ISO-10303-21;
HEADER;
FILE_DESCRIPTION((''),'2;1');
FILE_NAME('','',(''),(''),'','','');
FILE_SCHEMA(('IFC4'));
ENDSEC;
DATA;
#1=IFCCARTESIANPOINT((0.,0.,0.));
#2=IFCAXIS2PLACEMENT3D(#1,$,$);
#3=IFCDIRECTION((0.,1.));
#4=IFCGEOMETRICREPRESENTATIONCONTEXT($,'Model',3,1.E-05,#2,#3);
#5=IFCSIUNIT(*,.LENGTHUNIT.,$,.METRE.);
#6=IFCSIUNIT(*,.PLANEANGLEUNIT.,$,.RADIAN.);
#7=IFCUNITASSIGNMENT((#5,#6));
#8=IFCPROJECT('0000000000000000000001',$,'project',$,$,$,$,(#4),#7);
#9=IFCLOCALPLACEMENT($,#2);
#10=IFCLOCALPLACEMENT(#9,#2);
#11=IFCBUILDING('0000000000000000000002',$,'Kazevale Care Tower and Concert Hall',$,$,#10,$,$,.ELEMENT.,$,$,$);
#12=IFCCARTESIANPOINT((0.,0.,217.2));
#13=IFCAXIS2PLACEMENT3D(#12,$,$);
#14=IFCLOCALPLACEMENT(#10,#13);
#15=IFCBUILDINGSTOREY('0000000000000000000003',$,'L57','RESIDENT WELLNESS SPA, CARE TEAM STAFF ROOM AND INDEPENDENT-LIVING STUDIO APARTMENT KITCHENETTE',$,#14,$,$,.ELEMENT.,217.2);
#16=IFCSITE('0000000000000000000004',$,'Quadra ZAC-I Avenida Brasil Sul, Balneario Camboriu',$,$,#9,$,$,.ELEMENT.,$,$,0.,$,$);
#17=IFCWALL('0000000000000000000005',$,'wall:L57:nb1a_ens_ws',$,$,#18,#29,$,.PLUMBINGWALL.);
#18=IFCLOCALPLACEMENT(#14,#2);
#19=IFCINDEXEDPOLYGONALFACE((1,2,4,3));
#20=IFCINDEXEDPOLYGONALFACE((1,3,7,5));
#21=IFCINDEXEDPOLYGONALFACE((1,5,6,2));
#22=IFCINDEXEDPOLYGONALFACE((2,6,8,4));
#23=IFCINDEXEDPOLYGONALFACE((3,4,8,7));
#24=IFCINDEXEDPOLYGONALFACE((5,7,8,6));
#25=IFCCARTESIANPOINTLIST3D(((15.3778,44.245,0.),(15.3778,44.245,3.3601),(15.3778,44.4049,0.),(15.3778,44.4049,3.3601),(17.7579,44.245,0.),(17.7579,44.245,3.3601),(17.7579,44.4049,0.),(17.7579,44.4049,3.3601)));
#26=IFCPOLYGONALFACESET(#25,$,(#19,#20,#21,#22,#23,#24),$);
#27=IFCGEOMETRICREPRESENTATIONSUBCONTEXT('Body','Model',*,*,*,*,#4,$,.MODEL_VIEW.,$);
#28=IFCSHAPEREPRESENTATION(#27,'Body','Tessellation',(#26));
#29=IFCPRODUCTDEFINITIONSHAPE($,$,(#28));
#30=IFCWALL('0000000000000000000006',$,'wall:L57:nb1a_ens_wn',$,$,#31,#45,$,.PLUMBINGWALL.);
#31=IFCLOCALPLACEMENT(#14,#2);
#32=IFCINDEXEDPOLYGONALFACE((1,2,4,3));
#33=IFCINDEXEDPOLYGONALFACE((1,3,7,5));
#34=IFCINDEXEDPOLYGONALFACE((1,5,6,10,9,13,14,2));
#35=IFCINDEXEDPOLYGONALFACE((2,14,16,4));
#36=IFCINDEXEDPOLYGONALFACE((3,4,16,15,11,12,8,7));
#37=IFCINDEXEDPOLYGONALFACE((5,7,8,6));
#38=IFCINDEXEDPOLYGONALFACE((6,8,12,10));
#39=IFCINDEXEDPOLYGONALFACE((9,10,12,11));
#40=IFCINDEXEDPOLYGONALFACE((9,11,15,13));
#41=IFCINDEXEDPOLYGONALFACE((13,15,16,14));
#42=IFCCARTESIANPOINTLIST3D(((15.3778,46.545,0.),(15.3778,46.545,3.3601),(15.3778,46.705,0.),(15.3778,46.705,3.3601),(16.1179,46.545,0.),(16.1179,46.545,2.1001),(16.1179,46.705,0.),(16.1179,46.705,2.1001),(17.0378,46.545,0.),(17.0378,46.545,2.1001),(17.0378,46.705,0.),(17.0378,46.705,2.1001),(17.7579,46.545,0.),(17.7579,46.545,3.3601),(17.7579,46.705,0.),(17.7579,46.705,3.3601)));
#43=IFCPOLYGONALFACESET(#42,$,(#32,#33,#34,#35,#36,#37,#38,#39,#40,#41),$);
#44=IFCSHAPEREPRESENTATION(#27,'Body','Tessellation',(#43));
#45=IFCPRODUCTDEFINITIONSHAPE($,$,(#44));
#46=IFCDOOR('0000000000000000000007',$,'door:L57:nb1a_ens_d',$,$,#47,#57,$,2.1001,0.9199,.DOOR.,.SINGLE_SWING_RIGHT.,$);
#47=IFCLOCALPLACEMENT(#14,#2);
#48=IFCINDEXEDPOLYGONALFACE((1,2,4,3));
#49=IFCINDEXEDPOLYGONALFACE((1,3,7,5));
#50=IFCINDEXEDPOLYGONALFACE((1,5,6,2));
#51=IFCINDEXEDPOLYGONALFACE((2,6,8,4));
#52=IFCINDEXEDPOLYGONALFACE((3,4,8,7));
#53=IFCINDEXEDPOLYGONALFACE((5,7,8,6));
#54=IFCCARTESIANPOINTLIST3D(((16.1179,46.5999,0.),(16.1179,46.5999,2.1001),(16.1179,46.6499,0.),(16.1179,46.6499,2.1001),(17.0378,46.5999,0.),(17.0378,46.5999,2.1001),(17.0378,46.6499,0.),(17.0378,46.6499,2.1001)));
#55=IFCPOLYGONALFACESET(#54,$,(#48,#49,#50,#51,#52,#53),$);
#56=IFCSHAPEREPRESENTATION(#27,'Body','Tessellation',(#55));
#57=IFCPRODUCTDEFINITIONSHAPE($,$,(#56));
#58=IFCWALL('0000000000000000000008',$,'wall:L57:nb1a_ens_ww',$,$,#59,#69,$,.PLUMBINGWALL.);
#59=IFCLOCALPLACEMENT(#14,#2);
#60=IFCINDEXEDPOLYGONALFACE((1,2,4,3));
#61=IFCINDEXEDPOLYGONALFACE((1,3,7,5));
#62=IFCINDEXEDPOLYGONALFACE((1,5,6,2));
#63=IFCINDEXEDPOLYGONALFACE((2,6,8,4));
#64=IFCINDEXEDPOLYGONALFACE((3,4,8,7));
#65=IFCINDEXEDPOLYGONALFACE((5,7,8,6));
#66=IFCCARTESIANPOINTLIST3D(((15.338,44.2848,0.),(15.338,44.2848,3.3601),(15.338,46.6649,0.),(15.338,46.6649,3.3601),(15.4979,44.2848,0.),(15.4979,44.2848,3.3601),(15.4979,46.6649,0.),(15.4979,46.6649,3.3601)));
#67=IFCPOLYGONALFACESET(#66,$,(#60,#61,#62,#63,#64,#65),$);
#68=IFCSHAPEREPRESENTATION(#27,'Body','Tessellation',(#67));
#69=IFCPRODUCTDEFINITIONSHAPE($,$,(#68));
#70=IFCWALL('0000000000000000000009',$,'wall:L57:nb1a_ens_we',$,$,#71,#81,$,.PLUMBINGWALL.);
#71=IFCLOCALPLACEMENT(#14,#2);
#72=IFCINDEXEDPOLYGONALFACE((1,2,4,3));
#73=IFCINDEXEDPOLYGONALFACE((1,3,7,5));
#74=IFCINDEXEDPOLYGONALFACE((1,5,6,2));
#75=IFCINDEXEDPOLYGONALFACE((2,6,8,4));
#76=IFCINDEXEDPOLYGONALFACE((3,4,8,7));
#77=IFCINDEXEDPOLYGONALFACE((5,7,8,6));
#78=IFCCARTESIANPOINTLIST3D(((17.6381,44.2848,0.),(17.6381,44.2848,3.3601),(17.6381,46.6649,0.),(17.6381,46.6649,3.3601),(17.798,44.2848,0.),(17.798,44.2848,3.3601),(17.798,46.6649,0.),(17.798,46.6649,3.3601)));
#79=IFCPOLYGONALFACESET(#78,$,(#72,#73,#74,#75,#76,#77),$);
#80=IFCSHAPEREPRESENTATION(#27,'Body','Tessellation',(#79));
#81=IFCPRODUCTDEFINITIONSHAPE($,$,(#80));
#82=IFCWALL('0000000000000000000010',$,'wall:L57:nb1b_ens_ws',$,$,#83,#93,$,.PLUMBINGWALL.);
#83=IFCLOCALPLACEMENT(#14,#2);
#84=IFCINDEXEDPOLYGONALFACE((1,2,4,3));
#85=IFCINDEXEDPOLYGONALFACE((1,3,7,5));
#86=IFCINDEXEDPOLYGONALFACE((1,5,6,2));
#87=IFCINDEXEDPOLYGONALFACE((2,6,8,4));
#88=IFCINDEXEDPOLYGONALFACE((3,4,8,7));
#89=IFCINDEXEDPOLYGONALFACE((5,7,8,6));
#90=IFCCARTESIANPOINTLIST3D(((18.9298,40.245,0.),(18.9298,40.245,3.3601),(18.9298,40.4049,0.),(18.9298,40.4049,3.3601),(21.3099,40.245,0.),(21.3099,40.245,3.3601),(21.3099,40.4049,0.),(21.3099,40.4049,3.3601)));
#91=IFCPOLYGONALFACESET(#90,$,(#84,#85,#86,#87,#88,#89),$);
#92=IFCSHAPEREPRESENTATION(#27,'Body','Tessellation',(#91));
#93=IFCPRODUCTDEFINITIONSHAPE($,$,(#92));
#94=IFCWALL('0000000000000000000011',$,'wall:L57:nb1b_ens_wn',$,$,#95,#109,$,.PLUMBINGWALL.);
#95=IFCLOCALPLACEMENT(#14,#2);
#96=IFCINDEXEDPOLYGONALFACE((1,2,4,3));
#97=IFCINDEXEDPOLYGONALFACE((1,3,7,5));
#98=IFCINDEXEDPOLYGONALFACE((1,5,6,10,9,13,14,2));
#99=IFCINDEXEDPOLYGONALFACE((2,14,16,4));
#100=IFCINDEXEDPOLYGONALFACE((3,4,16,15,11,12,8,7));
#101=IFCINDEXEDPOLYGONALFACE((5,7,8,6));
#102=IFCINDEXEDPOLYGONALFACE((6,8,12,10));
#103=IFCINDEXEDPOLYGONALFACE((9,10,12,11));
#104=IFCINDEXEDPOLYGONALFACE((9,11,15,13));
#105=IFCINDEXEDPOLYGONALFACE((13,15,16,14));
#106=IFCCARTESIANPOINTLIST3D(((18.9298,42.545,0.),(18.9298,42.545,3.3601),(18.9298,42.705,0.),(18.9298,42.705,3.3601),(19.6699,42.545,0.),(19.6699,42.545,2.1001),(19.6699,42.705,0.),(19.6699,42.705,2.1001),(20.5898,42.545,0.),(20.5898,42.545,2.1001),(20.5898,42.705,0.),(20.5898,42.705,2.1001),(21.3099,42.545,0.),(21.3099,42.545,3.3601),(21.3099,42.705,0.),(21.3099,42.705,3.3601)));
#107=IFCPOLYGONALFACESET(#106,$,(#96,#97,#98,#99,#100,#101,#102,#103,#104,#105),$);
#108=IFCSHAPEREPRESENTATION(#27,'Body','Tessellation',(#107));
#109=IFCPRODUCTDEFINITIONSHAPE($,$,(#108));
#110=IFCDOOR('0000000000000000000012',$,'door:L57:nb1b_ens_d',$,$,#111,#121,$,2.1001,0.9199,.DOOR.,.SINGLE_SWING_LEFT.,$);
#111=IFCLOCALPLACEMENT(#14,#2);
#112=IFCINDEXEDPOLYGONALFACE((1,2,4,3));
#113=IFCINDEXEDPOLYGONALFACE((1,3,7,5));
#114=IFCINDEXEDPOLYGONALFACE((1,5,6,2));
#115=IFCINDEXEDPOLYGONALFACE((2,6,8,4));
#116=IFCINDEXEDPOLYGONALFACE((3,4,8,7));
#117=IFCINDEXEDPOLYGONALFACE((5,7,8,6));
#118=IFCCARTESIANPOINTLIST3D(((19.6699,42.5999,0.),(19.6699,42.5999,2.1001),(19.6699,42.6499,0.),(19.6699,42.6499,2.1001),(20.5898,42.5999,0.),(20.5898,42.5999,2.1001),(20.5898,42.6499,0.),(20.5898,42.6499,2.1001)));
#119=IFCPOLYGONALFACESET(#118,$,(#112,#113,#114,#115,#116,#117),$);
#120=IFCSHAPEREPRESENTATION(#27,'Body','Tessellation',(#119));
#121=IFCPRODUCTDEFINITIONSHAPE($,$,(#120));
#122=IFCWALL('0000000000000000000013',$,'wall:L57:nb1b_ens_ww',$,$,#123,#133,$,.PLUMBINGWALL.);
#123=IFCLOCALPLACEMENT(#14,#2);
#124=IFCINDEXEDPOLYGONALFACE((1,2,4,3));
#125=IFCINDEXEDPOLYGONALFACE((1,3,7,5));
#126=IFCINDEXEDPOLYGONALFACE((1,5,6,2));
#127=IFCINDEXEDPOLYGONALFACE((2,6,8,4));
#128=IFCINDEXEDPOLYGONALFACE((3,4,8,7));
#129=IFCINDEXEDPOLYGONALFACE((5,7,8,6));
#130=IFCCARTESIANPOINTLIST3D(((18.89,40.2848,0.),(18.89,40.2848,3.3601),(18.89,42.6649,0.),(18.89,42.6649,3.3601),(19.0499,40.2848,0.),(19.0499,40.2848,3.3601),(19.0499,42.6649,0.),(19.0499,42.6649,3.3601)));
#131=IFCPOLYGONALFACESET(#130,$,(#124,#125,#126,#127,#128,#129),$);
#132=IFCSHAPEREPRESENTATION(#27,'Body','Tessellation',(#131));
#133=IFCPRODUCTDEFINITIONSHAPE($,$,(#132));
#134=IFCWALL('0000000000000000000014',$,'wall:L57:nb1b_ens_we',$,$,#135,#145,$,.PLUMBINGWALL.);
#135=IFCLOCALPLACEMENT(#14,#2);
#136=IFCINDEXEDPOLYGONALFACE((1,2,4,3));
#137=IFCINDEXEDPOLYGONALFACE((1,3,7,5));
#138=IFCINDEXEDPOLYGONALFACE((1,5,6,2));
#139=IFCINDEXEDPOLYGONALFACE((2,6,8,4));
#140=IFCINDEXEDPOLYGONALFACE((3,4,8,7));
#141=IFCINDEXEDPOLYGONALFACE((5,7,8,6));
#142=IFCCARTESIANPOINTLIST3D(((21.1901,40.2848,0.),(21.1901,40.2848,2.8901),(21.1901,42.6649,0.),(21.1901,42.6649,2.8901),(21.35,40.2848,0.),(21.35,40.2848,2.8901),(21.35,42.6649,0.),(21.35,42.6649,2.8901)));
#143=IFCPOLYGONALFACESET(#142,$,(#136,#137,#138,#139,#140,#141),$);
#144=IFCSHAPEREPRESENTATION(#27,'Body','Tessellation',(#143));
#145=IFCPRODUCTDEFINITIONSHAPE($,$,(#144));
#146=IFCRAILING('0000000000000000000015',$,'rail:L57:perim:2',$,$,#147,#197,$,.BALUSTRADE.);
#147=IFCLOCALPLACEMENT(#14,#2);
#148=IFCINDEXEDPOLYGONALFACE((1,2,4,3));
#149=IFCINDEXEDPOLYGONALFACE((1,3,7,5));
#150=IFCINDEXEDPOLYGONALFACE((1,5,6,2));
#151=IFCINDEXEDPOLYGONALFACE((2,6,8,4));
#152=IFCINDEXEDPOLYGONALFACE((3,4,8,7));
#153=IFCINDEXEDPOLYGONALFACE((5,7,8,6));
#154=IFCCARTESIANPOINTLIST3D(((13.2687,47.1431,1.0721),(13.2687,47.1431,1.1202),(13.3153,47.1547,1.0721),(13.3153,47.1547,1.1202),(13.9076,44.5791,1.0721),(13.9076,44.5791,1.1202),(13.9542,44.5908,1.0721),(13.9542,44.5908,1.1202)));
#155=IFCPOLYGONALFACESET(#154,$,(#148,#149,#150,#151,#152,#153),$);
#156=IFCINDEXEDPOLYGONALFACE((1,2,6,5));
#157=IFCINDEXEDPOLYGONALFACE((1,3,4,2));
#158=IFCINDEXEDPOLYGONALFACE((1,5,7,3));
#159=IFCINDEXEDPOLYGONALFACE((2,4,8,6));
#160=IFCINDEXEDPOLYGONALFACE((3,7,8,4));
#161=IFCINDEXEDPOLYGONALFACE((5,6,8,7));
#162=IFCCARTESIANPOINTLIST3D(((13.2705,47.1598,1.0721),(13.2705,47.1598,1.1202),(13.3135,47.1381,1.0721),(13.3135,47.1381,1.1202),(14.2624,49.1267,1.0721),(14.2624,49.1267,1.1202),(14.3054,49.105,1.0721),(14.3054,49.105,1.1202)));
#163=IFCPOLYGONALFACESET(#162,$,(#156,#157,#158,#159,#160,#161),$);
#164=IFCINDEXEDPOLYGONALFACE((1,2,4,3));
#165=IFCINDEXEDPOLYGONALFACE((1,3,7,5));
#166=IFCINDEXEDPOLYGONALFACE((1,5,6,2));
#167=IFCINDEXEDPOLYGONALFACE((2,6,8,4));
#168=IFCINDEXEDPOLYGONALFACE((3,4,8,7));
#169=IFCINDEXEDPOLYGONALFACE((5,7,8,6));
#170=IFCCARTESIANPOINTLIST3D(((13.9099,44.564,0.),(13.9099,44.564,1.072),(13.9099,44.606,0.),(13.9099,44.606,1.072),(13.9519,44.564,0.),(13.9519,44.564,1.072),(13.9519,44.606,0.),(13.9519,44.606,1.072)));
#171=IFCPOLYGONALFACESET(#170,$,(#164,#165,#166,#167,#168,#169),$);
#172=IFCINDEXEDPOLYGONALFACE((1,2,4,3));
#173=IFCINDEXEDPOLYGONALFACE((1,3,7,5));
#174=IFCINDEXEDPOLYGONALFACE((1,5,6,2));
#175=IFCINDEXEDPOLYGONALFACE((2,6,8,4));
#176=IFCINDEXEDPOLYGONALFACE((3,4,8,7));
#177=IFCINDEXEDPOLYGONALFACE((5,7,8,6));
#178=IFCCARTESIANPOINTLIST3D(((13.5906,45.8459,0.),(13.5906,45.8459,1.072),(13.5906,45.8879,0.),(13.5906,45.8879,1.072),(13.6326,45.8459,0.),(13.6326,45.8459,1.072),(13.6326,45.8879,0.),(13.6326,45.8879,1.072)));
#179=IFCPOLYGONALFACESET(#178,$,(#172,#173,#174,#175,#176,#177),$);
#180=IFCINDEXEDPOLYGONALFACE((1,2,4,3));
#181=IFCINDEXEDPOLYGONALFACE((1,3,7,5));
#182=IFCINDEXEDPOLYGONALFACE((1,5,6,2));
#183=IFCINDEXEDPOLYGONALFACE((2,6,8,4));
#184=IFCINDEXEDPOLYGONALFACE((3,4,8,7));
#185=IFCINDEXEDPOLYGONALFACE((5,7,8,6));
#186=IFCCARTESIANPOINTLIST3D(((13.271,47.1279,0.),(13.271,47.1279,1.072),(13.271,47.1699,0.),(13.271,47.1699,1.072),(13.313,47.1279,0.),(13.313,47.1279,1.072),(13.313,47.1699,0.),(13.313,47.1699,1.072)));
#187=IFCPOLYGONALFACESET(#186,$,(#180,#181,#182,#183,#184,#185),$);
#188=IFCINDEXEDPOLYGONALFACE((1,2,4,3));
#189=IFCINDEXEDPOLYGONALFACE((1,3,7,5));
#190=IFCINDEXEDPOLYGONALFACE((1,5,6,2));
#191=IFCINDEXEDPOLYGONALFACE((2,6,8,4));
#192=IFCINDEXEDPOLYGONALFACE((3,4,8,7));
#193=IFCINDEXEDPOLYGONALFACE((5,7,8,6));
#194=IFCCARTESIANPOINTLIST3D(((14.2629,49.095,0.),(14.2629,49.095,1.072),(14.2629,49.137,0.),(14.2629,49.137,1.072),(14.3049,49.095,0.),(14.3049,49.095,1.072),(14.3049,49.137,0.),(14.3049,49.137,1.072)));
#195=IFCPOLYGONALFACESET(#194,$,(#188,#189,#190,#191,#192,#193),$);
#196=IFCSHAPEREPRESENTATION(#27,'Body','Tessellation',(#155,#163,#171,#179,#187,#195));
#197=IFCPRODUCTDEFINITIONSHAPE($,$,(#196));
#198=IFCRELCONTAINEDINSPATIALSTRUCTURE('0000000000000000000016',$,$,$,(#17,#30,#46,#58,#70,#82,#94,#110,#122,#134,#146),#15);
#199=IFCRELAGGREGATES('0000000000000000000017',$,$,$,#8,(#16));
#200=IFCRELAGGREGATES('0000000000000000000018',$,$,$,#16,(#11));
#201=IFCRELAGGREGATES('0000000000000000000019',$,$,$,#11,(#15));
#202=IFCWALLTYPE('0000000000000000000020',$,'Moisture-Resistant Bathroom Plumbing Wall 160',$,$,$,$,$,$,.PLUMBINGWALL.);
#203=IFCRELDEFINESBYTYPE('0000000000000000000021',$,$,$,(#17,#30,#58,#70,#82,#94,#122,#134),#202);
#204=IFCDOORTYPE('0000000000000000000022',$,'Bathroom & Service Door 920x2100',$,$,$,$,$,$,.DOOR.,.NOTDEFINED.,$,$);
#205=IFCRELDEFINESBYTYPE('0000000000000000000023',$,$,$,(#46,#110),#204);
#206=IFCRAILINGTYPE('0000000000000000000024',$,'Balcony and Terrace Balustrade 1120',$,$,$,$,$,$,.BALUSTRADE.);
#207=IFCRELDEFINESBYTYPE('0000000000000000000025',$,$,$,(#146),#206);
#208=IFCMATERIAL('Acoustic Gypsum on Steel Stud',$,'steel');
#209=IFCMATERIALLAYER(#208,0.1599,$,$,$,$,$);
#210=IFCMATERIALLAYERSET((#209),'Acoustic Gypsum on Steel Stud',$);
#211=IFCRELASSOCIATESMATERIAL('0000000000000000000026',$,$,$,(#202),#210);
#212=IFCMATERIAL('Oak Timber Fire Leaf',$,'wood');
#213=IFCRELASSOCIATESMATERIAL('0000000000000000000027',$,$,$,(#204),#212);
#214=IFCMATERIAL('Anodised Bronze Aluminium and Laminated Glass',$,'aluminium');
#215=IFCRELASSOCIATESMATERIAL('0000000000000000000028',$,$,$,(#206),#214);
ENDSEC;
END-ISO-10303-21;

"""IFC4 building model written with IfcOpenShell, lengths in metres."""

from ifc_helpers import new_model, si_unit, direction, frame, frame_2d, origin, origin_2d, place, context, subcontext, project, spatial, rectangle, extrude, material, layer, layer_set, type_object, element, fill, save


model = new_model("IFC4")

# Units and contexts
model_context = context("Model", 3, precision=1e-05, world=origin(), true_north=direction((0.0, 1.0)))
body_context = subcontext(model_context, "Body", "Model", "MODEL_VIEW")
ifc_project = project(units=[si_unit("LENGTHUNIT", "METRE"), si_unit("PLANEANGLEUNIT", "RADIAN")], contexts=[model_context])

# Site, building, storey
site_placement = place(None, origin())
site = spatial("IfcSite", under=ifc_project, at=site_placement, Name="Quadra ZAC-I Avenida Brasil Sul, Balneario Camboriu", CompositionType="ELEMENT", RefElevation=0.0)
building_placement = place(site_placement, origin())
building = spatial("IfcBuilding", under=site, at=building_placement, Name="Kazevale Care Tower and Concert Hall", CompositionType="ELEMENT")
storey_placement = place(building_placement, frame((0.0, 0.0, 217.2)))
storey = spatial("IfcBuildingStorey", under=building, at=storey_placement, Name="L57", Description="RESIDENT WELLNESS SPA, CARE TEAM STAFF ROOM AND INDEPENDENT-LIVING STUDIO APARTMENT KITCHENETTE", CompositionType="ELEMENT", Elevation=217.2)

# Wall
ifc_material_1 = material(Name="Acoustic Gypsum on Steel Stud", Category="steel")
ifc_layer_1 = layer(ifc_material_1, 0.1599)
ifc_layer_set_1 = layer_set([ifc_layer_1], Name="Acoustic Gypsum on Steel Stud")
wall_type = type_object("IfcWallType", Name="Moisture-Resistant Bathroom Plumbing Wall 160", PredefinedType="PLUMBINGWALL", material=ifc_layer_set_1)
wall_1_placement = place(storey_placement, frame((15.3779, 44.325, 0.0), z_axis=(0.0, 0.0, 1.0), x_axis=(1.0, 0.0, 0.0)))
element("IfcWall", 1, at=wall_1_placement, inside=storey, type_object=wall_type, Name="wall:L57:nb1a_ens_ws", PredefinedType="PLUMBINGWALL", context=body_context, shape_type="SweptSolid", body=[
    extrude(rectangle(XDim=2.3801, YDim=0.1599, at=frame_2d((1.1899, 0.0))), origin(), (0.0, 0.0, 1.0), 3.3601),
])

# Wall, opening, door
wall_2_placement = place(storey_placement, frame((15.3779, 46.625, 0.0), z_axis=(0.0, 0.0, 1.0), x_axis=(1.0, 0.0, 0.0)))
wall_2 = element("IfcWall", 2, at=wall_2_placement, inside=storey, type_object=wall_type, Name="wall:L57:nb1a_ens_wn", PredefinedType="PLUMBINGWALL", context=body_context, shape_type="SweptSolid", body=[
    extrude(rectangle(XDim=2.3801, YDim=0.1599, at=frame_2d((1.1899, 0.0))), origin(), (0.0, 0.0, 1.0), 3.3601),
])
opening_1_placement = place(wall_2_placement, frame((0.74, 0.0, 0.0)))
opening_1 = element("IfcOpeningElement", 3, at=opening_1_placement, cuts=wall_2, PredefinedType="OPENING", context=body_context, shape_type="SweptSolid", body=[
    extrude(rectangle(XDim=0.9199, YDim=2.1001, at=frame_2d((0.46, 1.05))), frame((0.0, 0.0898, 0.0), z_axis=(0.0, -1.0, 0.0), x_axis=(1.0, 0.0, 0.0)), (0.0, 0.0, 1.0), 0.1799),
])
ifc_material_2 = material(Name="Oak Timber Fire Leaf", Category="wood")
door_type = type_object("IfcDoorType", Name="Bathroom & Service Door 920x2100", OperationType="NOTDEFINED", PredefinedType="DOOR", material=ifc_material_2)
door_1_placement = place(opening_1_placement, origin())
door_1 = element("IfcDoor", 4, at=door_1_placement, inside=storey, type_object=door_type, Name="door:L57:nb1a_ens_d", OperationType="SINGLE_SWING_RIGHT", OverallHeight=2.1001, OverallWidth=0.9199, PredefinedType="DOOR", context=body_context, shape_type="SweptSolid", body=[
    extrude(rectangle(XDim=0.9199, YDim=2.1001, at=frame_2d((0.46, 1.05))), frame((0.0, 0.0249, 0.0), z_axis=(0.0, -1.0, 0.0), x_axis=(1.0, 0.0, 0.0)), (0.0, 0.0, 1.0), 0.05),
])
fill(opening_1, door_1)

# Walls
for number, where, z_axis, x_axis, name in (
    (5, (15.418, 44.2849, 0.0), (0.0, 0.0, 1.0), (0.0, 1.0, 0.0), "wall:L57:nb1a_ens_ww"),
    (6, (17.718, 44.2849, 0.0), (0.0, 0.0, 1.0), (0.0, 1.0, 0.0), "wall:L57:nb1a_ens_we"),
    (7, (18.9299, 40.325, 0.0), (0.0, 0.0, 1.0), (1.0, 0.0, 0.0), "wall:L57:nb1b_ens_ws"),
):
    element("IfcWall", number, at=place(storey_placement, frame(where, z_axis=z_axis, x_axis=x_axis)), inside=storey, type_object=wall_type, Name=name, PredefinedType="PLUMBINGWALL", context=body_context, shape_type="SweptSolid", body=[
        extrude(rectangle(XDim=2.3801, YDim=0.1599, at=frame_2d((1.1899, 0.0))), origin(), (0.0, 0.0, 1.0), 3.3601),
    ])

# Wall, opening, door
wall_3_placement = place(storey_placement, frame((18.9299, 42.625, 0.0), z_axis=(0.0, 0.0, 1.0), x_axis=(1.0, 0.0, 0.0)))
wall_3 = element("IfcWall", 8, at=wall_3_placement, inside=storey, type_object=wall_type, Name="wall:L57:nb1b_ens_wn", PredefinedType="PLUMBINGWALL", context=body_context, shape_type="SweptSolid", body=[
    extrude(rectangle(XDim=2.3801, YDim=0.1599, at=frame_2d((1.1899, 0.0))), origin(), (0.0, 0.0, 1.0), 3.3601),
])
opening_2_placement = place(wall_3_placement, frame((0.74, 0.0, 0.0)))
opening_2 = element("IfcOpeningElement", 9, at=opening_2_placement, cuts=wall_3, PredefinedType="OPENING", context=body_context, shape_type="SweptSolid", body=[
    extrude(rectangle(XDim=0.9199, YDim=2.1001, at=frame_2d((0.46, 1.05))), frame((0.0, 0.0898, 0.0), z_axis=(0.0, -1.0, 0.0), x_axis=(1.0, 0.0, 0.0)), (0.0, 0.0, 1.0), 0.1799),
])
door_2_placement = place(opening_2_placement, origin())
door_2 = element("IfcDoor", 10, at=door_2_placement, inside=storey, type_object=door_type, Name="door:L57:nb1b_ens_d", OperationType="SINGLE_SWING_LEFT", OverallHeight=2.1001, OverallWidth=0.9199, PredefinedType="DOOR", context=body_context, shape_type="SweptSolid", body=[
    extrude(rectangle(XDim=0.9199, YDim=2.1001, at=frame_2d((0.46, 1.05))), frame((0.0, 0.0249, 0.0), z_axis=(0.0, -1.0, 0.0), x_axis=(1.0, 0.0, 0.0)), (0.0, 0.0, 1.0), 0.05),
])
fill(opening_2, door_2)

# Walls
wall_4_placement = place(storey_placement, frame((18.97, 40.2849, 0.0), z_axis=(0.0, 0.0, 1.0), x_axis=(0.0, 1.0, 0.0)))
element("IfcWall", 11, at=wall_4_placement, inside=storey, type_object=wall_type, Name="wall:L57:nb1b_ens_ww", PredefinedType="PLUMBINGWALL", context=body_context, shape_type="SweptSolid", body=[
    extrude(rectangle(XDim=2.3801, YDim=0.1599, at=frame_2d((1.1899, 0.0))), origin(), (0.0, 0.0, 1.0), 3.3601),
])
wall_5_placement = place(storey_placement, frame((21.27, 40.2849, 0.0), z_axis=(0.0, 0.0, 1.0), x_axis=(0.0, 1.0, 0.0)))
element("IfcWall", 12, at=wall_5_placement, inside=storey, type_object=wall_type, Name="wall:L57:nb1b_ens_we", PredefinedType="PLUMBINGWALL", context=body_context, shape_type="SweptSolid", body=[
    extrude(rectangle(XDim=2.3801, YDim=0.1599, at=frame_2d((1.1899, 0.0))), origin(), (0.0, 0.0, 1.0), 2.8901),
])

# Railing
ifc_material_3 = material(Name="Anodised Bronze Aluminium and Laminated Glass", Category="aluminium")
railing_type = type_object("IfcRailingType", Name="Balcony and Terrace Balustrade 1120", PredefinedType="BALUSTRADE", material=ifc_material_3)
railing_placement = place(storey_placement, frame((13.9309, 44.585, 0.0)))
element("IfcRailing", 13, at=railing_placement, inside=storey, type_object=railing_type, Name="rail:L57:perim:2", PredefinedType="BALUSTRADE", context=body_context, shape_type="SweptSolid", body=[
    extrude(rectangle(XDim=0.0481, YDim=0.0481, at=origin_2d()), frame((0.0, 0.0, 1.0962), z_axis=(-0.241796, 0.970327, 0.0), x_axis=(-0.970327, -0.241796, 0.0)), (0.0, 0.0, 1.0), 2.6423),
    extrude(rectangle(XDim=0.0481, YDim=0.0481, at=origin_2d()), frame((-0.6389, 2.564, 1.0962), z_axis=(0.45027, 0.892893, 0.0), x_axis=(-0.892893, 0.45027, 0.0)), (0.0, 0.0, 1.0), 2.2029),
    extrude(rectangle(XDim=0.042, YDim=0.042, at=origin_2d()), origin(), (0.0, 0.0, 1.0), 1.072),
    extrude(rectangle(XDim=0.042, YDim=0.042, at=origin_2d()), frame((-0.3193, 1.282, 0.0)), (0.0, 0.0, 1.0), 1.072),
    extrude(rectangle(XDim=0.042, YDim=0.042, at=origin_2d()), frame((-0.6389, 2.564, 0.0)), (0.0, 0.0, 1.0), 1.072),
    extrude(rectangle(XDim=0.042, YDim=0.042, at=origin_2d()), frame((0.353, 4.531, 0.0)), (0.0, 0.0, 1.0), 1.072),
])

save(model, "model.ifc")
